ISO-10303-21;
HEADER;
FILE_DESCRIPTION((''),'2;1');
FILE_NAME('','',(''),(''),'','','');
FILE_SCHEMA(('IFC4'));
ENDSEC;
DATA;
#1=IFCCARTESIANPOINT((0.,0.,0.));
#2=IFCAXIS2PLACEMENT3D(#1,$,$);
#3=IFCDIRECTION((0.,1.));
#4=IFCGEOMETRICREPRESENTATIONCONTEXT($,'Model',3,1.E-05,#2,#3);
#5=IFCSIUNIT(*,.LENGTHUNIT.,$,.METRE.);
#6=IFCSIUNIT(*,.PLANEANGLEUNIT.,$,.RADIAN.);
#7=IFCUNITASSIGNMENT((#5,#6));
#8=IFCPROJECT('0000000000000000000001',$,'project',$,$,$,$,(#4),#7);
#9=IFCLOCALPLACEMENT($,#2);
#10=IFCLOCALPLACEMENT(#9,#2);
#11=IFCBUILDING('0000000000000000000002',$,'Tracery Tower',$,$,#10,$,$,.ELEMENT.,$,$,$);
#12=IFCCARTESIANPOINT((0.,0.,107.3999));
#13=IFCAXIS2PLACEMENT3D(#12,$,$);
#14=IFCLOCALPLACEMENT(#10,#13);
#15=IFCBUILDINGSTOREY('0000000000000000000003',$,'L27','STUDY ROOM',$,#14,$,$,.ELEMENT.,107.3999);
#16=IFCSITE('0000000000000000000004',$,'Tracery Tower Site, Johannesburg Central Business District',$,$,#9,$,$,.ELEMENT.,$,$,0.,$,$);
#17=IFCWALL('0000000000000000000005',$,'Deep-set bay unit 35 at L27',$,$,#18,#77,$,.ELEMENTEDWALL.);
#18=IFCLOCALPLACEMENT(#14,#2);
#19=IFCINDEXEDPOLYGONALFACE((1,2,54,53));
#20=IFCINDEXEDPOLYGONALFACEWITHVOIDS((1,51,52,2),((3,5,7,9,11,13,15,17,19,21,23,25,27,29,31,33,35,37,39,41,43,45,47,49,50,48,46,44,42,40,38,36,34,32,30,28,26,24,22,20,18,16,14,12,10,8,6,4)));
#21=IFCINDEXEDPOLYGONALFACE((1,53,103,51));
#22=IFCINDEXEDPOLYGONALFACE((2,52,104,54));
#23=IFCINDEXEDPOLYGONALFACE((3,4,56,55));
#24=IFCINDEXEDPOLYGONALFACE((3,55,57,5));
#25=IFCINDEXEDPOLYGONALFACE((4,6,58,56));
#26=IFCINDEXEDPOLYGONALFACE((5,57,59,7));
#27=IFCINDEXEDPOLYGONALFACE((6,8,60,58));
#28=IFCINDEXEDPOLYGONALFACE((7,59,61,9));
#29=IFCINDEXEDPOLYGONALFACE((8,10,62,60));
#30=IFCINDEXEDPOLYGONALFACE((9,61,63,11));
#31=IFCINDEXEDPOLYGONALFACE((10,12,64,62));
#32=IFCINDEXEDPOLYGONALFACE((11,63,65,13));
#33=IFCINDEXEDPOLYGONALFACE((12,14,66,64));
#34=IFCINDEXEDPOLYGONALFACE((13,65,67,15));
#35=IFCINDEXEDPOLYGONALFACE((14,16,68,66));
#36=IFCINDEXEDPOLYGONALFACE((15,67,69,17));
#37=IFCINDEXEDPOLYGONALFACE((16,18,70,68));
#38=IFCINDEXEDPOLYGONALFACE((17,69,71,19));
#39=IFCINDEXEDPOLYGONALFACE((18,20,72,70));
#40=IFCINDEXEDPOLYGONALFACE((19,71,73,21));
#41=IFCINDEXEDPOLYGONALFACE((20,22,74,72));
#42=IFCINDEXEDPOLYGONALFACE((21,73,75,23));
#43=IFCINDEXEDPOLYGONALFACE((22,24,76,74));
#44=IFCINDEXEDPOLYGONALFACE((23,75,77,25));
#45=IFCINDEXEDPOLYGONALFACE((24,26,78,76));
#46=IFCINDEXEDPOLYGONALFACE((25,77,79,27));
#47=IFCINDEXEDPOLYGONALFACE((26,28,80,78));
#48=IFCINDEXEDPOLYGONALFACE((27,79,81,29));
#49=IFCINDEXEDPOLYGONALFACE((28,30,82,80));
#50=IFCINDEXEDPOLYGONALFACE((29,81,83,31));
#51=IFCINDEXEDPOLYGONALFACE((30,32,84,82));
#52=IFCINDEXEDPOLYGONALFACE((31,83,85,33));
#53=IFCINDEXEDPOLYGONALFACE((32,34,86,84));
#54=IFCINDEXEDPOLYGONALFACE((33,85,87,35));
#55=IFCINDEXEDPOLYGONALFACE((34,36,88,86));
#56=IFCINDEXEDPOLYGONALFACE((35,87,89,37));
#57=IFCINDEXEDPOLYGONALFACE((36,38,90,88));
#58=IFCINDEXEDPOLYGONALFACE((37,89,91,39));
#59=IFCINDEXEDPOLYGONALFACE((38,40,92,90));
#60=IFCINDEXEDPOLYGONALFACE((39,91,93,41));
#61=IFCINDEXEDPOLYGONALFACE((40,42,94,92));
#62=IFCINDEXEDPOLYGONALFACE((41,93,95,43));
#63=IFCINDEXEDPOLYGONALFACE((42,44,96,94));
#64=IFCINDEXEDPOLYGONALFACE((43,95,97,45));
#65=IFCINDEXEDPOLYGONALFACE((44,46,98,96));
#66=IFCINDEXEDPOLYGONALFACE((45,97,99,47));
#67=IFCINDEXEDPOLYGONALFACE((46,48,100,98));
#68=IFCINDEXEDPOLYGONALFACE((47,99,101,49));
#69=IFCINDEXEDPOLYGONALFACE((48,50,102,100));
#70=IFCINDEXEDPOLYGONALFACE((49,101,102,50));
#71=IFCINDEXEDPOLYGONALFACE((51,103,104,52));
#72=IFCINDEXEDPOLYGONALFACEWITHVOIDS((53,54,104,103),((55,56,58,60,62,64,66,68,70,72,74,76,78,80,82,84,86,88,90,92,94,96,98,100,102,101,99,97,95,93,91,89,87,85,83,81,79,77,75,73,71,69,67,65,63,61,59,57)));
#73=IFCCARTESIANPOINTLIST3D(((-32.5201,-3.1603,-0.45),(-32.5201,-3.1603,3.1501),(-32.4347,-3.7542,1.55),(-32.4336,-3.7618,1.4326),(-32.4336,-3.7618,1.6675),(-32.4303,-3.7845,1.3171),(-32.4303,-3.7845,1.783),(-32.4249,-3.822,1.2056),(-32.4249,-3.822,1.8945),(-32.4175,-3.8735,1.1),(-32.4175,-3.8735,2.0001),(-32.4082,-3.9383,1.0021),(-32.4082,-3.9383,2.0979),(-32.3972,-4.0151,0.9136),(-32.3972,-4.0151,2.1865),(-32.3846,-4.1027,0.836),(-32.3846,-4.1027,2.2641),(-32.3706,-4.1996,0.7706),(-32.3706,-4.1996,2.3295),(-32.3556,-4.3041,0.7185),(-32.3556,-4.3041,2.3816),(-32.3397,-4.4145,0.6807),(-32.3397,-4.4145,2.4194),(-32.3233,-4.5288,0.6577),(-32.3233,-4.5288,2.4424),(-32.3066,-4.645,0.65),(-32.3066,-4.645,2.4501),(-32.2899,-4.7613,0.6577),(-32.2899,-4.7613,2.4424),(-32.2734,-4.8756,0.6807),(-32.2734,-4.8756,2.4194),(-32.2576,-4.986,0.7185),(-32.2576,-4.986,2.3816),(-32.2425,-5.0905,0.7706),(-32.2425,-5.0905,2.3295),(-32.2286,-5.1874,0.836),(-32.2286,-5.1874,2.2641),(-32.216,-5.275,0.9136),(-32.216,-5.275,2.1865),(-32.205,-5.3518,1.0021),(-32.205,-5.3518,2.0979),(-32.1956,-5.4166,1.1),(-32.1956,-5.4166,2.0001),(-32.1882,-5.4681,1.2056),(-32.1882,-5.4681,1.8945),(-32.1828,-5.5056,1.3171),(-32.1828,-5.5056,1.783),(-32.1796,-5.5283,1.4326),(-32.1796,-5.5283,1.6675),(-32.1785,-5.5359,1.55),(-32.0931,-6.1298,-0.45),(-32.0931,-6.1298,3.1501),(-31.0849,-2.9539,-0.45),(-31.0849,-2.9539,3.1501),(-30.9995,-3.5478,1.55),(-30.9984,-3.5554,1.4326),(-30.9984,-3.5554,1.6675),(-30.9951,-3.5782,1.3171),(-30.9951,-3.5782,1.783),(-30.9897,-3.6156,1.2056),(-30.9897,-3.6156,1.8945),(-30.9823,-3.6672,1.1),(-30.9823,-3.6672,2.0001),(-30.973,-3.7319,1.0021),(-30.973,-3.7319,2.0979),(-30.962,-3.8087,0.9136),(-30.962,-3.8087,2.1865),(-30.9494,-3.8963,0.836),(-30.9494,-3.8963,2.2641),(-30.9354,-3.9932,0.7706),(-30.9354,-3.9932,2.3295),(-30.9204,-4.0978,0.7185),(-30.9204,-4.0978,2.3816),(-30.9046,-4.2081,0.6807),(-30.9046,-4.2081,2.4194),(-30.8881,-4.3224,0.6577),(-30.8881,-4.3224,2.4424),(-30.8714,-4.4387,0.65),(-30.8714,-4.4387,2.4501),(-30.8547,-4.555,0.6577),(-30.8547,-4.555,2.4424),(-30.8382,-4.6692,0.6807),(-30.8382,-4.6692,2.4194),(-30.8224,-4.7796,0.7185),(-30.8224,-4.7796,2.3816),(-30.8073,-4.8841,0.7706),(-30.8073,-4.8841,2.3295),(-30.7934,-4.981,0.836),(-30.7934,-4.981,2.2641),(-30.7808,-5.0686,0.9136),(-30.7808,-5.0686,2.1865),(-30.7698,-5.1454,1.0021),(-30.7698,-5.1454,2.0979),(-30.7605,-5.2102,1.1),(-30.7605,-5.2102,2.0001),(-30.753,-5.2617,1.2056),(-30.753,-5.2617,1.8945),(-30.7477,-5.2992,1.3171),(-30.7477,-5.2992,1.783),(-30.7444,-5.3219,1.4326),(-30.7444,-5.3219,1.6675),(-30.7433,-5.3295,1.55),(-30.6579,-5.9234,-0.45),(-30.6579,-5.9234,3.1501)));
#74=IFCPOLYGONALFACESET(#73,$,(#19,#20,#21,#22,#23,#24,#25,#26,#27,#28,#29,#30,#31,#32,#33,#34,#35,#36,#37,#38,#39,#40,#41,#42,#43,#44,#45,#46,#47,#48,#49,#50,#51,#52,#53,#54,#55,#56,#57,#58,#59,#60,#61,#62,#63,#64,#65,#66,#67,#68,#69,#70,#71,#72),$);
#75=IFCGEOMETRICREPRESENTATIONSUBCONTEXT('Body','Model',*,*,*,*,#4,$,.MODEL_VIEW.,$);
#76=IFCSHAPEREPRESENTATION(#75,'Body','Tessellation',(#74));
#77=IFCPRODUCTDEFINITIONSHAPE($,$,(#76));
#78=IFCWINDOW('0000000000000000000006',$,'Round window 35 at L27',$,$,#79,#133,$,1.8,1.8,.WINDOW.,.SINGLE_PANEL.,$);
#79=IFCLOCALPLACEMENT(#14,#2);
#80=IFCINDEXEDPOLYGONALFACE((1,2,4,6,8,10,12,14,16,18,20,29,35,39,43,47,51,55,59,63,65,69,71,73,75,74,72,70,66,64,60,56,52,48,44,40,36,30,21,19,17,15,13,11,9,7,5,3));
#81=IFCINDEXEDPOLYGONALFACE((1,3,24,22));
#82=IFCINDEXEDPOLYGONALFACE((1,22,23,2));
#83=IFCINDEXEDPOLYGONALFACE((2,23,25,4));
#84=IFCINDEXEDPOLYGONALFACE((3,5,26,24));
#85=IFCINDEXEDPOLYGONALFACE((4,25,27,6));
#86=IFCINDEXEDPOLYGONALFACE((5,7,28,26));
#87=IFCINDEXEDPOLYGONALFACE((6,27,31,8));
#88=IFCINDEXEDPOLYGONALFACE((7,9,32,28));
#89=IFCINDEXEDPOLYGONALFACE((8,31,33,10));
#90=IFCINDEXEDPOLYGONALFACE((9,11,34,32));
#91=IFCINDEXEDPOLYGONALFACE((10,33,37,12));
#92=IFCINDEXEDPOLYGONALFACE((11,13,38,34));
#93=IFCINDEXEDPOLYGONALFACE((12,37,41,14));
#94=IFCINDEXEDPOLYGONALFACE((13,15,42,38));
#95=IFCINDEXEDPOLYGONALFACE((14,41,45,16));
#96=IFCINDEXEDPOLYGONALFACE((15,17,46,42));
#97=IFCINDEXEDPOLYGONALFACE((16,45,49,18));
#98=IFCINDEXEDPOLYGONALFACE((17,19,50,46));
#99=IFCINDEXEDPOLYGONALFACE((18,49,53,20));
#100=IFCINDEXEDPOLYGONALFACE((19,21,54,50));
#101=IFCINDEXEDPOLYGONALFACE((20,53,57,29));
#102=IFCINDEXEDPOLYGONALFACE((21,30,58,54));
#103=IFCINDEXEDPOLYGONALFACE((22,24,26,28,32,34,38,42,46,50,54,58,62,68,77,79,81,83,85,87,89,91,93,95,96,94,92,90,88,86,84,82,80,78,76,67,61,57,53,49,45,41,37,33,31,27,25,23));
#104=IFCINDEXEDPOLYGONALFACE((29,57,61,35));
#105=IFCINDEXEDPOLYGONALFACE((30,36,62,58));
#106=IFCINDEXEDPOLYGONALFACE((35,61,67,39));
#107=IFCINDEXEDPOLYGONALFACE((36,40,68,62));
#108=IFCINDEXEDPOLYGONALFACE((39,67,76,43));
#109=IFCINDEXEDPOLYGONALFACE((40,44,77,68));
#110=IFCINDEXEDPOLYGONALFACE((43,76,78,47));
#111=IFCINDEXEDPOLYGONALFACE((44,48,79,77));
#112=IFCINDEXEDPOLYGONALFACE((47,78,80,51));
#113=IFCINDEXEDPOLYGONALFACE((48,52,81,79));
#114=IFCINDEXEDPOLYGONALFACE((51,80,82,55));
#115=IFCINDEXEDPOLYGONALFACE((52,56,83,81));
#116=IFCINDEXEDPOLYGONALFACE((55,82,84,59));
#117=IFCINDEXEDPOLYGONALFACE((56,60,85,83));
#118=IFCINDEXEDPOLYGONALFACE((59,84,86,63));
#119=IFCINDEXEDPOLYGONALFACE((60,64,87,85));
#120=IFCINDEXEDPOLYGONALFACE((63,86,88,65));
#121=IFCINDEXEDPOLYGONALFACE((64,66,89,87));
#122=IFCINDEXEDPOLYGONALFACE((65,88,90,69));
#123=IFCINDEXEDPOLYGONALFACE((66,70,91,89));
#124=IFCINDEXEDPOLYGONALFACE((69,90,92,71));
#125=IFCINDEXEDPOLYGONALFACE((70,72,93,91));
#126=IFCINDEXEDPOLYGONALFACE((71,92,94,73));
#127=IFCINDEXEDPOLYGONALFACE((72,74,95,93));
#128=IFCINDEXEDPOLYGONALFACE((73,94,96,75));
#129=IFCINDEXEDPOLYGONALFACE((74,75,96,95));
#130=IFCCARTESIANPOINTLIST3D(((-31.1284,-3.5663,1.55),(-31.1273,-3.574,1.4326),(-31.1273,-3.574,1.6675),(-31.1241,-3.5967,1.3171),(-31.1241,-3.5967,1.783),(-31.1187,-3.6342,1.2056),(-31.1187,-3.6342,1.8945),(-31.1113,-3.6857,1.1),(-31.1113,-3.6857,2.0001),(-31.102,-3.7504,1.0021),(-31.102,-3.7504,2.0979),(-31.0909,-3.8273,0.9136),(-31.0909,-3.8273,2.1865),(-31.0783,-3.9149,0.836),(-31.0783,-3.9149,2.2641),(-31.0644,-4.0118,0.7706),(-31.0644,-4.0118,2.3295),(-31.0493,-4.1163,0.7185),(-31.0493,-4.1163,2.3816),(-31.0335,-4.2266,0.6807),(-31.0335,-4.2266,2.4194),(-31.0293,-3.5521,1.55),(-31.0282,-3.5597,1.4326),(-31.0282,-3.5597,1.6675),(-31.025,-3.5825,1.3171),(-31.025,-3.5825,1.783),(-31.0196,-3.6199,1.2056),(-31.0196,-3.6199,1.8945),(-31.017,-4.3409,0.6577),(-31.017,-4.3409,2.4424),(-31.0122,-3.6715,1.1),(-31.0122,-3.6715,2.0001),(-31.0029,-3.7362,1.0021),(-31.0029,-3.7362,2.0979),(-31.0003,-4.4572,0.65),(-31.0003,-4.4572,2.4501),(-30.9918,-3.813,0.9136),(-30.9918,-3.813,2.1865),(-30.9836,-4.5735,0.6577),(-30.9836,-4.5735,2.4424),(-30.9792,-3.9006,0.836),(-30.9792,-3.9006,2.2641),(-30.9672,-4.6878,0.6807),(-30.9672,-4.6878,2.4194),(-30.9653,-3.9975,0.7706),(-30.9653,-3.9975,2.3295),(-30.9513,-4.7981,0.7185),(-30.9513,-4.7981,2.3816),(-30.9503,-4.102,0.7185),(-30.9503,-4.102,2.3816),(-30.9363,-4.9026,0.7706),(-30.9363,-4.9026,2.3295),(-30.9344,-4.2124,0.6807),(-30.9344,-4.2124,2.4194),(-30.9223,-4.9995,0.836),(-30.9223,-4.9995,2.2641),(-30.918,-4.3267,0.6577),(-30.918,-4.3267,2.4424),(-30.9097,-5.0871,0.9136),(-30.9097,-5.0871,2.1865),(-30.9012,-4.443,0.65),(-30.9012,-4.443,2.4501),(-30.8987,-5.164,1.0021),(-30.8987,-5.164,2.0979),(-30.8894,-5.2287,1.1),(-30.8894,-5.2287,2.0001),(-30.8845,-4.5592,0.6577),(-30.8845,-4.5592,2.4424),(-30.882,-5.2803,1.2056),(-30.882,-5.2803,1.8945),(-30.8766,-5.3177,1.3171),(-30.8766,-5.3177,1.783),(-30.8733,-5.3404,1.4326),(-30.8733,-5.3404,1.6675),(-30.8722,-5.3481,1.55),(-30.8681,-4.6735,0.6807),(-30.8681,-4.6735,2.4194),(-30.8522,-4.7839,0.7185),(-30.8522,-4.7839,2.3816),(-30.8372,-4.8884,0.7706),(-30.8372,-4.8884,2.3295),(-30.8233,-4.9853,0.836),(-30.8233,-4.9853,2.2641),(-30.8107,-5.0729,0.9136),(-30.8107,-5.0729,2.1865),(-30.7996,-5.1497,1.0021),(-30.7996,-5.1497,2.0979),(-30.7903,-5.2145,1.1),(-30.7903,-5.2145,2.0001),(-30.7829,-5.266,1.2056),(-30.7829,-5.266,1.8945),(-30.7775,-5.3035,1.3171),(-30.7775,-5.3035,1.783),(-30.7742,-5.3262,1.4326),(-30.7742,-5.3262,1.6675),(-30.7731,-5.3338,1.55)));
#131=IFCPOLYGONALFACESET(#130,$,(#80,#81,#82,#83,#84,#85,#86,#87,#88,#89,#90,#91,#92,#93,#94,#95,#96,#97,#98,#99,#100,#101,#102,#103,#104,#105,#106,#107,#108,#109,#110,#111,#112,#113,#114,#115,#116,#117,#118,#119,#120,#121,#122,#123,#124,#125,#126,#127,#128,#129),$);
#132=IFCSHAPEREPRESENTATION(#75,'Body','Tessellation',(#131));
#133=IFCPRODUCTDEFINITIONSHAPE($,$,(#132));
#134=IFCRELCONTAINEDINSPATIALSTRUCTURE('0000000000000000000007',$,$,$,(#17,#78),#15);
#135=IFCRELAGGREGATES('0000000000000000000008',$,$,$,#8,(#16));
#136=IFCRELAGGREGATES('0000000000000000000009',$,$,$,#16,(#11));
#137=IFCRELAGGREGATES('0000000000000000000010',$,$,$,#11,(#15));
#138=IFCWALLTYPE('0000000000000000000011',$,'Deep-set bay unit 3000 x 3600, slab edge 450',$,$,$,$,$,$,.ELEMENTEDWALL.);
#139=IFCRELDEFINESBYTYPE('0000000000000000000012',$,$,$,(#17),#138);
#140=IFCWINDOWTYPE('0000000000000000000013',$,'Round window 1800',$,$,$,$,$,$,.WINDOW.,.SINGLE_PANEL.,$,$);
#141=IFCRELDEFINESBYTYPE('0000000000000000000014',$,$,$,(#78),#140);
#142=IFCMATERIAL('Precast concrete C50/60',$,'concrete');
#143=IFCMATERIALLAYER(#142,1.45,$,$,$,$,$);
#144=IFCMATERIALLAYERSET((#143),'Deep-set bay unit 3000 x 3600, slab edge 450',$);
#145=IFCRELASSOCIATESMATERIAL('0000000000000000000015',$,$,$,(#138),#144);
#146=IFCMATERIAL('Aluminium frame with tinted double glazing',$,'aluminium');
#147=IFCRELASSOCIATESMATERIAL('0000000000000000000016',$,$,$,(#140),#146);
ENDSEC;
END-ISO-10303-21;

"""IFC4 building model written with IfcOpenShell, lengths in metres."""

from ifc_helpers import new_model, si_unit, direction, frame, frame_2d, origin, origin_2d, place, context, subcontext, project, spatial, rectangle, circle, extrude, material, layer, layer_set, type_object, element, fill, save


model = new_model("IFC4")

# Units and contexts
model_context = context("Model", 3, precision=1e-05, world=origin(), true_north=direction((0.0, 1.0)))
body_context = subcontext(model_context, "Body", "Model", "MODEL_VIEW")
ifc_project = project(units=[si_unit("LENGTHUNIT", "METRE"), si_unit("PLANEANGLEUNIT", "RADIAN")], contexts=[model_context])

# Site, building, storey
site_placement = place(None, origin())
site = spatial("IfcSite", under=ifc_project, at=site_placement, Name="Tracery Tower Site, Johannesburg Central Business District", CompositionType="ELEMENT", RefElevation=0.0)
building_placement = place(site_placement, origin())
building = spatial("IfcBuilding", under=site, at=building_placement, Name="Tracery Tower", CompositionType="ELEMENT")
storey_placement = place(building_placement, frame((0.0, 0.0, 107.3999)))
storey = spatial("IfcBuildingStorey", under=building, at=storey_placement, Name="L27", Description="STUDY ROOM", CompositionType="ELEMENT", Elevation=107.3999)

# Wall, opening, window
ifc_material_1 = material(Name="Precast concrete C50/60", Category="concrete")
ifc_layer_1 = layer(ifc_material_1, 1.45)
ifc_layer_set_1 = layer_set([ifc_layer_1], Name="Deep-set bay unit 3000 x 3600, slab edge 450")
wall_type_1 = type_object("IfcWallType", Name="Deep-set bay unit 3000 x 3600, slab edge 450", PredefinedType="ELEMENTEDWALL", material=ifc_layer_set_1)
wall_1_placement = place(storey_placement, frame((-31.8025, -3.0571, -0.45), z_axis=(0.0, 0.0, 1.0), x_axis=(0.142333, -0.989819, 0.0)))
wall_1 = element("IfcWall", 1, at=wall_1_placement, inside=storey, type_object=wall_type_1, Name="Deep-set bay unit 35 at L27", PredefinedType="ELEMENTEDWALL", context=body_context, shape_type="SweptSolid", body=[
    extrude(rectangle(XDim=3.0, YDim=1.45, at=frame_2d((1.5, 0.0))), origin(), (0.0, 0.0, 1.0), 3.6001),
])
opening_1_placement = place(wall_1_placement, frame((1.5, 0.0, 2.0)))
opening_1 = element("IfcOpeningElement", 2, at=opening_1_placement, cuts=wall_1, PredefinedType="OPENING", context=body_context, shape_type="SweptSolid", body=[
    extrude(circle(Radius=0.9, at=origin_2d()), frame((0.0, 0.7349, 0.0), z_axis=(0.0, -1.0, 0.0), x_axis=(1.0, 0.0, 0.0)), (0.0, 0.0, 1.0), 1.47),
])
ifc_material_2 = material(Name="Aluminium frame with tinted double glazing", Category="aluminium")
window_type = type_object("IfcWindowType", Name="Round window 1800", PartitioningType="SINGLE_PANEL", PredefinedType="WINDOW", material=ifc_material_2)
window_1_placement = place(opening_1_placement, origin())
window_1 = element("IfcWindow", 3, at=window_1_placement, inside=storey, type_object=window_type, Name="Round window 35 at L27", OverallHeight=1.8, OverallWidth=1.8, PartitioningType="SINGLE_PANEL", PredefinedType="WINDOW", context=body_context, shape_type="SweptSolid", body=[
    extrude(circle(Radius=0.9, at=origin_2d()), frame((0.0, 0.6948, 0.0), z_axis=(0.0, -1.0, 0.0), x_axis=(1.0, 0.0, 0.0)), (0.0, 0.0, 1.0), 0.1001),
])
fill(opening_1, window_1)

save(model, "model.ifc")
